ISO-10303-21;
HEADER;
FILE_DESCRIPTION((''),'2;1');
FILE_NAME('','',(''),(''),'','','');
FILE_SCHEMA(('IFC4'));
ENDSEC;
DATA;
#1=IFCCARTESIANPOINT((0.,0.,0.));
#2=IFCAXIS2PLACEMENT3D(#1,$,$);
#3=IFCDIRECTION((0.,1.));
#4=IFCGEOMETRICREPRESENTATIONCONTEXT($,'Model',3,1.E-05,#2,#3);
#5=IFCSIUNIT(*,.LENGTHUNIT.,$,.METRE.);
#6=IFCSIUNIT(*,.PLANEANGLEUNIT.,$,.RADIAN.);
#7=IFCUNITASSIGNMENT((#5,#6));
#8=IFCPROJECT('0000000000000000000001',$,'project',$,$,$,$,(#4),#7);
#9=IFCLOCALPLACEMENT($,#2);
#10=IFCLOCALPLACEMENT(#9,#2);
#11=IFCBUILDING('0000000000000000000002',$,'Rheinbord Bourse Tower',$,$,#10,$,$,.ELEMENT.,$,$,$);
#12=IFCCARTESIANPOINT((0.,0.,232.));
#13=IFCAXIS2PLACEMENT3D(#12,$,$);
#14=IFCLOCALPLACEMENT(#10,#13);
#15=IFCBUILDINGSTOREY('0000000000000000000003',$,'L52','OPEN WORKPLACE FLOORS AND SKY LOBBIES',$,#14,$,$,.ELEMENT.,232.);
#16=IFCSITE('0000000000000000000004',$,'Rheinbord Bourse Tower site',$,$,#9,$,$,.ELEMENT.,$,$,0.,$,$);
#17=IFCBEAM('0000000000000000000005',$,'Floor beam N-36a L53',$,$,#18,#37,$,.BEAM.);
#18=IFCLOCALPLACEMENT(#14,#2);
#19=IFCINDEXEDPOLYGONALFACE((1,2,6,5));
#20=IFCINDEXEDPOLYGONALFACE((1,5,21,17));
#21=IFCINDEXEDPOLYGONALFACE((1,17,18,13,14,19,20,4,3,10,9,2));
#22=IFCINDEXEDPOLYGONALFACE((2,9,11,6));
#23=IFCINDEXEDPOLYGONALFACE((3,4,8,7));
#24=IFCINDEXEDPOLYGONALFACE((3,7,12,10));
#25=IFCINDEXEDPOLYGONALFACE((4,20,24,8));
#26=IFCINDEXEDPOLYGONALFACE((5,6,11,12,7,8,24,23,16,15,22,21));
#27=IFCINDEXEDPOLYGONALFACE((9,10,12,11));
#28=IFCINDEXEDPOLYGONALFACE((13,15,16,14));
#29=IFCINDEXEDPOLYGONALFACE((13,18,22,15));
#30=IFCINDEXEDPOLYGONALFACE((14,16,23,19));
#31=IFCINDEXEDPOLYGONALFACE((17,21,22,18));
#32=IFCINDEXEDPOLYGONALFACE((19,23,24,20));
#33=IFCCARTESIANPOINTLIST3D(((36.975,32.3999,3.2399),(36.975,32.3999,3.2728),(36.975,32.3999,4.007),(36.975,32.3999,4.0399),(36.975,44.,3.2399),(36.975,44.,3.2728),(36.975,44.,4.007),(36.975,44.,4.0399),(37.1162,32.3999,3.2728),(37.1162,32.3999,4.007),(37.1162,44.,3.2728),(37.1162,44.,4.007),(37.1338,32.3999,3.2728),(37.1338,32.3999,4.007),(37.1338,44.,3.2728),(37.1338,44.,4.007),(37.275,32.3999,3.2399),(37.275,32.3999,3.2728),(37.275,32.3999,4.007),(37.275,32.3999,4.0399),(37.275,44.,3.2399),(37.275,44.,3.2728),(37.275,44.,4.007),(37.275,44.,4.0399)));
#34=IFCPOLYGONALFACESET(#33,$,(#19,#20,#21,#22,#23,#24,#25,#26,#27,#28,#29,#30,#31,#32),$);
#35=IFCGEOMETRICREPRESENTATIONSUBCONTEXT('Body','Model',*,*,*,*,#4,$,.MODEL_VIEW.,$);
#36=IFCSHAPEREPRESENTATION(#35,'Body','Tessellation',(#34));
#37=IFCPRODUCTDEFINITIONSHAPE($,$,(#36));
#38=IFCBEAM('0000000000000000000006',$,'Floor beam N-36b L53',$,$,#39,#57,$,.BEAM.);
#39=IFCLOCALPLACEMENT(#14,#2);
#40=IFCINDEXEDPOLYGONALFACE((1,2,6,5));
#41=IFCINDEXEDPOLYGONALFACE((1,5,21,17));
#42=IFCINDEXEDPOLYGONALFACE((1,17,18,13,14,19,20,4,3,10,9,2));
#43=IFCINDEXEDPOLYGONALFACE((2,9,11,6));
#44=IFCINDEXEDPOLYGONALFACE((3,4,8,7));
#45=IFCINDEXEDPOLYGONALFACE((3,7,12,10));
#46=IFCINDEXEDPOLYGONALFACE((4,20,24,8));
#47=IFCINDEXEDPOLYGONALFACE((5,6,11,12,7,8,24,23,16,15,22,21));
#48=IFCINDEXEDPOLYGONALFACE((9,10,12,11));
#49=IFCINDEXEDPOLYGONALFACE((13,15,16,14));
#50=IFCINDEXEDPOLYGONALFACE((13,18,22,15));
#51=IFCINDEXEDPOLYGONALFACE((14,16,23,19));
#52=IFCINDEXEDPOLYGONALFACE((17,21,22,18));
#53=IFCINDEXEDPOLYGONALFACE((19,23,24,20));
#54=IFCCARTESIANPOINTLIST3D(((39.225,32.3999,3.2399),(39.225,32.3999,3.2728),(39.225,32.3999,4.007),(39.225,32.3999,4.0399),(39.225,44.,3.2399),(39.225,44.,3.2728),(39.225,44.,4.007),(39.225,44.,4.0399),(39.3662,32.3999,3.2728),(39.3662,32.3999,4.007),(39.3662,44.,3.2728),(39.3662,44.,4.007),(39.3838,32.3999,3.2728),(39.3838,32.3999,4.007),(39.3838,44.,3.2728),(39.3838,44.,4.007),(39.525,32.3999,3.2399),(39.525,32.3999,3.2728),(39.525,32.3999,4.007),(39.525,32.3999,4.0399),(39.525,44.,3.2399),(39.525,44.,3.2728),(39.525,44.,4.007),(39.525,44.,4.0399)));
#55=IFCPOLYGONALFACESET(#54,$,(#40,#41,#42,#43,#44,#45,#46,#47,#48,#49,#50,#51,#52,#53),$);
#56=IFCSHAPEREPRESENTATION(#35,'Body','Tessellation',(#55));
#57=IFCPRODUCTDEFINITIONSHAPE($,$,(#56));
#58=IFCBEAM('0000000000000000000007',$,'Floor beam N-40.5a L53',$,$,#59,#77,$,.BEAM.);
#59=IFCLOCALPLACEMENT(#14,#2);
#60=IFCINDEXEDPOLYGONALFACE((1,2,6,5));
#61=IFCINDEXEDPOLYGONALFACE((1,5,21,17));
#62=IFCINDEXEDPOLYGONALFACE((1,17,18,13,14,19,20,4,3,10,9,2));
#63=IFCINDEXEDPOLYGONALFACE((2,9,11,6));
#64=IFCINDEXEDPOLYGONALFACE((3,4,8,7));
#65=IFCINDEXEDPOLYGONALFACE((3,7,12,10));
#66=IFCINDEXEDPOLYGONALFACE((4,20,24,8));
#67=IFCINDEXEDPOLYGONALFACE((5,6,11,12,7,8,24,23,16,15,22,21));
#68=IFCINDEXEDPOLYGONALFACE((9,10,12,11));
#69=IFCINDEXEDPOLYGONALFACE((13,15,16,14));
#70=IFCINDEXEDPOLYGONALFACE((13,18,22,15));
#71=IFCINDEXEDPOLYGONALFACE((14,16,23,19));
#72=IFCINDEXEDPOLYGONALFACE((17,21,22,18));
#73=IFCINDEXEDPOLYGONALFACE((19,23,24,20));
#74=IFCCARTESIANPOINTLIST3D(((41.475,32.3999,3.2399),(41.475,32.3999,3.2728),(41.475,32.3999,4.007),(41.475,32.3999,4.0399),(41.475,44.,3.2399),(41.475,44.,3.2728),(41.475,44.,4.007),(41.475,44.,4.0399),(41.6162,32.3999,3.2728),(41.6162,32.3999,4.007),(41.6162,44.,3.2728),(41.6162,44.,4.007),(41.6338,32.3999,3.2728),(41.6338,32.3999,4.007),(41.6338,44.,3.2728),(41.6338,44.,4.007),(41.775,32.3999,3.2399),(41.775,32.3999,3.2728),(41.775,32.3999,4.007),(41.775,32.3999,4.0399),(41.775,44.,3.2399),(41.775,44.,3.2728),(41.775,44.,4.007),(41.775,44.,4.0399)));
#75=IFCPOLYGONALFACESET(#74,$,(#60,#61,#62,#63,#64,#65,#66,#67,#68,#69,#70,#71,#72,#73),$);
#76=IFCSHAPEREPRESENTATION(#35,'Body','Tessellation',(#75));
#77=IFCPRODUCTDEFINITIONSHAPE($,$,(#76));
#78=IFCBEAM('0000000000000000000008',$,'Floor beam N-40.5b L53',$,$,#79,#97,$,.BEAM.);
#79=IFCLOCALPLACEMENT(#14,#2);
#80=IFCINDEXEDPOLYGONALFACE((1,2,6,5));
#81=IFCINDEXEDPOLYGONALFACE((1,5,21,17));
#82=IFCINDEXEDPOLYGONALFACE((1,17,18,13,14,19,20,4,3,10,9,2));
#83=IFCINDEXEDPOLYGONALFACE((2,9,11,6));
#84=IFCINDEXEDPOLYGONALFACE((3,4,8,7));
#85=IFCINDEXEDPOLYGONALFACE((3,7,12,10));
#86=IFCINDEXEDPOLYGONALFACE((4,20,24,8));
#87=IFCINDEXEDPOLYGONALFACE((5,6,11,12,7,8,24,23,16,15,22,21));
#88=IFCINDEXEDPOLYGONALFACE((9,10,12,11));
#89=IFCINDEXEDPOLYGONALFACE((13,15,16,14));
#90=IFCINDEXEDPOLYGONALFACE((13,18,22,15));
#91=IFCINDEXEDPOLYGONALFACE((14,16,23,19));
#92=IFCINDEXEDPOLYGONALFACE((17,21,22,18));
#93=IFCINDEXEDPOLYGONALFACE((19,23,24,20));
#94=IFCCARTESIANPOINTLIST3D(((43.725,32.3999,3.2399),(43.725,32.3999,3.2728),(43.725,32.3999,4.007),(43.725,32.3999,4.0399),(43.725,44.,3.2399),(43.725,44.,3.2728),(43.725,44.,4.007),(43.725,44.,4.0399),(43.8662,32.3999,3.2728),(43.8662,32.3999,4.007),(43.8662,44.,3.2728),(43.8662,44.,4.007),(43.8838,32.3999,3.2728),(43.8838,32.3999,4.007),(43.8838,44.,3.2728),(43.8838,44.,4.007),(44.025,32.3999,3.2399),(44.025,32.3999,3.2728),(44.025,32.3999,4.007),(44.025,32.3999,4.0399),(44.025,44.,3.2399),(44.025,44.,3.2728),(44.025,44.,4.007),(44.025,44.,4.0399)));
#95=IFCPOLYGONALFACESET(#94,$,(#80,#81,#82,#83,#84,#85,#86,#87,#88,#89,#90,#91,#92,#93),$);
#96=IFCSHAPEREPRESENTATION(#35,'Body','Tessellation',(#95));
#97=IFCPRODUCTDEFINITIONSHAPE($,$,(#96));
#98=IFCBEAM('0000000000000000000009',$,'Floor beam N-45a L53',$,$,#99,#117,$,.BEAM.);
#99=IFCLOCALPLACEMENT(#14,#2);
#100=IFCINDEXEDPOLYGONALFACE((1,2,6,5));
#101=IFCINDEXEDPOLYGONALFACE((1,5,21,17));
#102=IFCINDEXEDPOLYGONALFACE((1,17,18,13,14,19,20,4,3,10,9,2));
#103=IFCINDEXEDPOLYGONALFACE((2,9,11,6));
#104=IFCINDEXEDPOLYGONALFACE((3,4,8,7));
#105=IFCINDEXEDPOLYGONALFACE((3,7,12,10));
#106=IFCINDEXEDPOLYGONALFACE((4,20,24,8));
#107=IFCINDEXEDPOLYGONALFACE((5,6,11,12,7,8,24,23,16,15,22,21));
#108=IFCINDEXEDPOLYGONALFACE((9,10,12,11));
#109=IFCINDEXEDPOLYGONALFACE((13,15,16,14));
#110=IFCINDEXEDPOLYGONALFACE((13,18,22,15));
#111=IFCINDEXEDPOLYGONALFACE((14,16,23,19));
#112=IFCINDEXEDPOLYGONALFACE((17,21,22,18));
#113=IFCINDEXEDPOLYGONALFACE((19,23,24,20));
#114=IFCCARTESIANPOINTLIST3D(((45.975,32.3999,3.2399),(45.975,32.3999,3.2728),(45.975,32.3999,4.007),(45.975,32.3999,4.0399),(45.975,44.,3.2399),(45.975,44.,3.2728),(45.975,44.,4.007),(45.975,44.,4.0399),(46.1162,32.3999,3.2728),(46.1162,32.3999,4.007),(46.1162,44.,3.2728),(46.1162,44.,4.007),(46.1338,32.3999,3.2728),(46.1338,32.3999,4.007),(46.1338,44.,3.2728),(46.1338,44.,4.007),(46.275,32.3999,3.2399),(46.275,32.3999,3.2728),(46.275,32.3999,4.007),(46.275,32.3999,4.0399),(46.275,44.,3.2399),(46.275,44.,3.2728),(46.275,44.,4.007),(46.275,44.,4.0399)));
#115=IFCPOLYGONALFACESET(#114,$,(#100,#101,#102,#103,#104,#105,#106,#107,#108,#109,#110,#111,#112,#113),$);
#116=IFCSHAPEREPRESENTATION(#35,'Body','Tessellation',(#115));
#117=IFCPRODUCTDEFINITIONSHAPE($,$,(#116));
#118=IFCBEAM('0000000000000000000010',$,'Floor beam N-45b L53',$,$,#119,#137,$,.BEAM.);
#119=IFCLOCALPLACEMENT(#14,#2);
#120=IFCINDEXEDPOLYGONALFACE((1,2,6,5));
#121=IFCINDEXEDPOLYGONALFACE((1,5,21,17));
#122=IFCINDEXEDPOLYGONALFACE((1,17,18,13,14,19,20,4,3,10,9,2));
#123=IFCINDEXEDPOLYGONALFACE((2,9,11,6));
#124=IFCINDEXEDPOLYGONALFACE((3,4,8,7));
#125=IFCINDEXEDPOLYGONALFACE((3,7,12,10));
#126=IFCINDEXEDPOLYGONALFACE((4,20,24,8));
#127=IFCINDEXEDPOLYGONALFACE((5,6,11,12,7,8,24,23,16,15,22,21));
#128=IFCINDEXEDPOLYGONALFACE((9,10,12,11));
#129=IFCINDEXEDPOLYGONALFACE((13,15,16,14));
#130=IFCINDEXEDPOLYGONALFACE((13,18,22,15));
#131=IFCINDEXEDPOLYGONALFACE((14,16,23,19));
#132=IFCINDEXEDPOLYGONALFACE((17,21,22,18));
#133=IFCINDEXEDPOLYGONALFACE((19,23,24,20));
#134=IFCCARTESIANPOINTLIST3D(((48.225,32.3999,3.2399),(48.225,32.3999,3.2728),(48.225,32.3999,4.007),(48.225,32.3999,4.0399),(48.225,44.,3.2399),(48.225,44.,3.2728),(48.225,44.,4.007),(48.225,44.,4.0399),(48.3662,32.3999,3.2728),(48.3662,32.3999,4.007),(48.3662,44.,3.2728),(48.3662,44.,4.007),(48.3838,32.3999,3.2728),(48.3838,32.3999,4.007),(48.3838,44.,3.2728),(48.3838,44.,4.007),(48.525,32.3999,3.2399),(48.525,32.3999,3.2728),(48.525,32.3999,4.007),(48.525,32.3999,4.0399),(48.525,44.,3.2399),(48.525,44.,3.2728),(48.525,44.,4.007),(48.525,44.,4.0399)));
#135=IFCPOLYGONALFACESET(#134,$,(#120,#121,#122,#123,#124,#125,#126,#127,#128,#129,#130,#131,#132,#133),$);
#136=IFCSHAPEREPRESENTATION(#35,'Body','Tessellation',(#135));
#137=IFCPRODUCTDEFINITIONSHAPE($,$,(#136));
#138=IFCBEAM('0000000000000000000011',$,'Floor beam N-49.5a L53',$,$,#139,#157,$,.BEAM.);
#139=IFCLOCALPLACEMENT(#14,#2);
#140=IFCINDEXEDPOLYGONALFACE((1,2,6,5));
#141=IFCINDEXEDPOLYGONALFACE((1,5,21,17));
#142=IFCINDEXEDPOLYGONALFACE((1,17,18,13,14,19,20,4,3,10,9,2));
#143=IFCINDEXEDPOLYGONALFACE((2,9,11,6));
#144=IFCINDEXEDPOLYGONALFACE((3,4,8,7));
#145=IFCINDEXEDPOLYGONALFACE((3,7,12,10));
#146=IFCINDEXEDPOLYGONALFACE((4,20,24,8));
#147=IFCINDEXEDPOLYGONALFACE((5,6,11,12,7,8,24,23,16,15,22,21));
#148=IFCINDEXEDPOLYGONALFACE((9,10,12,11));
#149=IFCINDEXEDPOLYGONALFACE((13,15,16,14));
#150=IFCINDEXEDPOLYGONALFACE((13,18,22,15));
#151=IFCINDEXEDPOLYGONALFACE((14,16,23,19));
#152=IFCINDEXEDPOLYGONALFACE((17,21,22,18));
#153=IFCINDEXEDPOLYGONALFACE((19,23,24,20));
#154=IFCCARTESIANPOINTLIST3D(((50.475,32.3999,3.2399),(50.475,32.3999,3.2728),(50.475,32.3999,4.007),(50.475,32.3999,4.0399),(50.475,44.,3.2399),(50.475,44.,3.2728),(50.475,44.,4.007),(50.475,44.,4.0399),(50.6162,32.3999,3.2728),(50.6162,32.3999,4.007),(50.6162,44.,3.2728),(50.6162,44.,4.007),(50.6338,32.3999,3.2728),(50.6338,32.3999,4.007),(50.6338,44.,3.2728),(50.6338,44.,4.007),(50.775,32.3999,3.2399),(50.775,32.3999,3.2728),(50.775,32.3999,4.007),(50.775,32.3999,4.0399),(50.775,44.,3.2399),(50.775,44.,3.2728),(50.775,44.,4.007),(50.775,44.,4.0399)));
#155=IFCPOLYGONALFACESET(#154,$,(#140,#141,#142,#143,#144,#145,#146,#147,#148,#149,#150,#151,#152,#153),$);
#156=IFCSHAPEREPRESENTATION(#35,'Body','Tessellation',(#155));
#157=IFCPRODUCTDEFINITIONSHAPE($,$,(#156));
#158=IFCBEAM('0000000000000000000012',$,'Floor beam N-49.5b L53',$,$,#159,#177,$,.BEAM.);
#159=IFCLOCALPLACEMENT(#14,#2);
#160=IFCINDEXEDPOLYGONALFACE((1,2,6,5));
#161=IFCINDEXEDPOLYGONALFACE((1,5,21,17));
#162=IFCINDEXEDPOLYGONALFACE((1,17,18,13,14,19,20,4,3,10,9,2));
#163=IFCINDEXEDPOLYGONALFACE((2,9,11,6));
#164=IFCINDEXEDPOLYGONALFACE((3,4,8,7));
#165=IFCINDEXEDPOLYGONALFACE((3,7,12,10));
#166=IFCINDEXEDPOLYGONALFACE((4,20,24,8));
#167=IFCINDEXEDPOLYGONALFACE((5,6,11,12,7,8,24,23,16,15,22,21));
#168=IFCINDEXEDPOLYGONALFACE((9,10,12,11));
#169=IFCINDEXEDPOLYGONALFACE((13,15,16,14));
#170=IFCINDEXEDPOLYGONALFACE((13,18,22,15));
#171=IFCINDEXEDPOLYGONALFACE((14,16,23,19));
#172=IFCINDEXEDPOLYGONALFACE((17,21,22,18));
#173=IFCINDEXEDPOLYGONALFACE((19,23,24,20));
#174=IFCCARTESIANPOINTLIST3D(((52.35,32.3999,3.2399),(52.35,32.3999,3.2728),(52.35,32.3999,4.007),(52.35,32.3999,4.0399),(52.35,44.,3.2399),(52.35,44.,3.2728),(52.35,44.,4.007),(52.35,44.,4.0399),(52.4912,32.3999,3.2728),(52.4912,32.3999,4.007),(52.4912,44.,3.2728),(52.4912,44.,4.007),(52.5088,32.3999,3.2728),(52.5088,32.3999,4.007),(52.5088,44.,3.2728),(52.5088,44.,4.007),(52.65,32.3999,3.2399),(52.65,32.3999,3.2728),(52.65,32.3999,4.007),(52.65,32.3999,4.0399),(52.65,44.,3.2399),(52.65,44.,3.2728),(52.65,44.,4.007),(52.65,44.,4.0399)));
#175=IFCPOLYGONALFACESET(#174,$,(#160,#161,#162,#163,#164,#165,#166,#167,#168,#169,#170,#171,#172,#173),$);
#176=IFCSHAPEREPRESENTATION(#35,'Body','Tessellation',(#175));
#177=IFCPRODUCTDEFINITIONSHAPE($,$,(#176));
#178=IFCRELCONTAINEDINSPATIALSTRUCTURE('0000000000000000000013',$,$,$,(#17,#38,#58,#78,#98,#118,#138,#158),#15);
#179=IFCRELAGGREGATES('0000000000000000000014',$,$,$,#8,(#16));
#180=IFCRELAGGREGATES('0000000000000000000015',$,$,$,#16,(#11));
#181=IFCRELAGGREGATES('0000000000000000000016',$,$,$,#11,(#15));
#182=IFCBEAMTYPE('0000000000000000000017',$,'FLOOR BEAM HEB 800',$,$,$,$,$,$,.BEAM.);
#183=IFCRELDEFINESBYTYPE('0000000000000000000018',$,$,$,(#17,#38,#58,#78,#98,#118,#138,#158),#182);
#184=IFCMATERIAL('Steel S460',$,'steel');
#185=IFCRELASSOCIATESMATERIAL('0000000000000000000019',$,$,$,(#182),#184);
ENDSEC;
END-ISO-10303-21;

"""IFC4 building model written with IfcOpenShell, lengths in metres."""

from ifc_helpers import new_model, si_unit, direction, frame, origin, origin_2d, place, context, subcontext, project, spatial, i_section, extrude, material, material_profile, profile_set, type_object, element, save


model = new_model("IFC4")

# Units and contexts
model_context = context("Model", 3, precision=1e-05, world=origin(), true_north=direction((0.0, 1.0)))
body_context = subcontext(model_context, "Body", "Model", "MODEL_VIEW")
ifc_project = project(units=[si_unit("LENGTHUNIT", "METRE"), si_unit("PLANEANGLEUNIT", "RADIAN")], contexts=[model_context])

# Site, building, storey
site_placement = place(None, origin())
site = spatial("IfcSite", under=ifc_project, at=site_placement, Name="Rheinbord Bourse Tower site", CompositionType="ELEMENT", RefElevation=0.0)
building_placement = place(site_placement, origin())
building = spatial("IfcBuilding", under=site, at=building_placement, Name="Rheinbord Bourse Tower", CompositionType="ELEMENT")
storey_placement = place(building_placement, frame((0.0, 0.0, 232.0)))
storey = spatial("IfcBuildingStorey", under=building, at=storey_placement, Name="L52", Description="OPEN WORKPLACE FLOORS AND SKY LOBBIES", CompositionType="ELEMENT", Elevation=232.0)

# Beams
ifc_material_1 = material(Name="Steel S460", Category="steel")
ifc_material_profile_1 = material_profile(ifc_material_1, i_section(OverallWidth=0.3, OverallDepth=0.8, WebThickness=0.0176, FlangeThickness=0.033, at=origin_2d()), Name="HEB 800")
ifc_profile_set_1 = profile_set([ifc_material_profile_1], Name="Steel S460")
beam_type_1 = type_object("IfcBeamType", Name="FLOOR BEAM HEB 800", PredefinedType="BEAM", material=ifc_profile_set_1)
for number, where, z_axis, x_axis, name in (
    (1, (37.125, 44.0, 3.6399), (0.0, -1.0, 0.0), (1.0, 0.0, 0.0), "Floor beam N-36a L53"),
    (2, (39.375, 44.0, 3.6399), (0.0, -1.0, 0.0), (1.0, 0.0, 0.0), "Floor beam N-36b L53"),
    (3, (41.625, 44.0, 3.6399), (0.0, -1.0, 0.0), (1.0, 0.0, 0.0), "Floor beam N-40.5a L53"),
    (4, (43.875, 44.0, 3.6399), (0.0, -1.0, 0.0), (1.0, 0.0, 0.0), "Floor beam N-40.5b L53"),
    (5, (46.125, 44.0, 3.6399), (0.0, -1.0, 0.0), (1.0, 0.0, 0.0), "Floor beam N-45a L53"),
    (6, (48.375, 44.0, 3.6399), (0.0, -1.0, 0.0), (1.0, 0.0, 0.0), "Floor beam N-45b L53"),
    (7, (50.625, 44.0, 3.6399), (0.0, -1.0, 0.0), (1.0, 0.0, 0.0), "Floor beam N-49.5a L53"),
    (8, (52.5, 44.0, 3.6399), (0.0, -1.0, 0.0), (1.0, 0.0, 0.0), "Floor beam N-49.5b L53"),
):
    element("IfcBeam", number, at=place(storey_placement, frame(where, z_axis=z_axis, x_axis=x_axis)), inside=storey, type_object=beam_type_1, Name=name, PredefinedType="BEAM", context=body_context, shape_type="SweptSolid", body=[
        extrude(i_section(OverallWidth=0.3, OverallDepth=0.8, WebThickness=0.0176, FlangeThickness=0.033, at=origin_2d()), origin(), (0.0, 0.0, 1.0), 11.6001),
    ])

save(model, "model.ifc")
